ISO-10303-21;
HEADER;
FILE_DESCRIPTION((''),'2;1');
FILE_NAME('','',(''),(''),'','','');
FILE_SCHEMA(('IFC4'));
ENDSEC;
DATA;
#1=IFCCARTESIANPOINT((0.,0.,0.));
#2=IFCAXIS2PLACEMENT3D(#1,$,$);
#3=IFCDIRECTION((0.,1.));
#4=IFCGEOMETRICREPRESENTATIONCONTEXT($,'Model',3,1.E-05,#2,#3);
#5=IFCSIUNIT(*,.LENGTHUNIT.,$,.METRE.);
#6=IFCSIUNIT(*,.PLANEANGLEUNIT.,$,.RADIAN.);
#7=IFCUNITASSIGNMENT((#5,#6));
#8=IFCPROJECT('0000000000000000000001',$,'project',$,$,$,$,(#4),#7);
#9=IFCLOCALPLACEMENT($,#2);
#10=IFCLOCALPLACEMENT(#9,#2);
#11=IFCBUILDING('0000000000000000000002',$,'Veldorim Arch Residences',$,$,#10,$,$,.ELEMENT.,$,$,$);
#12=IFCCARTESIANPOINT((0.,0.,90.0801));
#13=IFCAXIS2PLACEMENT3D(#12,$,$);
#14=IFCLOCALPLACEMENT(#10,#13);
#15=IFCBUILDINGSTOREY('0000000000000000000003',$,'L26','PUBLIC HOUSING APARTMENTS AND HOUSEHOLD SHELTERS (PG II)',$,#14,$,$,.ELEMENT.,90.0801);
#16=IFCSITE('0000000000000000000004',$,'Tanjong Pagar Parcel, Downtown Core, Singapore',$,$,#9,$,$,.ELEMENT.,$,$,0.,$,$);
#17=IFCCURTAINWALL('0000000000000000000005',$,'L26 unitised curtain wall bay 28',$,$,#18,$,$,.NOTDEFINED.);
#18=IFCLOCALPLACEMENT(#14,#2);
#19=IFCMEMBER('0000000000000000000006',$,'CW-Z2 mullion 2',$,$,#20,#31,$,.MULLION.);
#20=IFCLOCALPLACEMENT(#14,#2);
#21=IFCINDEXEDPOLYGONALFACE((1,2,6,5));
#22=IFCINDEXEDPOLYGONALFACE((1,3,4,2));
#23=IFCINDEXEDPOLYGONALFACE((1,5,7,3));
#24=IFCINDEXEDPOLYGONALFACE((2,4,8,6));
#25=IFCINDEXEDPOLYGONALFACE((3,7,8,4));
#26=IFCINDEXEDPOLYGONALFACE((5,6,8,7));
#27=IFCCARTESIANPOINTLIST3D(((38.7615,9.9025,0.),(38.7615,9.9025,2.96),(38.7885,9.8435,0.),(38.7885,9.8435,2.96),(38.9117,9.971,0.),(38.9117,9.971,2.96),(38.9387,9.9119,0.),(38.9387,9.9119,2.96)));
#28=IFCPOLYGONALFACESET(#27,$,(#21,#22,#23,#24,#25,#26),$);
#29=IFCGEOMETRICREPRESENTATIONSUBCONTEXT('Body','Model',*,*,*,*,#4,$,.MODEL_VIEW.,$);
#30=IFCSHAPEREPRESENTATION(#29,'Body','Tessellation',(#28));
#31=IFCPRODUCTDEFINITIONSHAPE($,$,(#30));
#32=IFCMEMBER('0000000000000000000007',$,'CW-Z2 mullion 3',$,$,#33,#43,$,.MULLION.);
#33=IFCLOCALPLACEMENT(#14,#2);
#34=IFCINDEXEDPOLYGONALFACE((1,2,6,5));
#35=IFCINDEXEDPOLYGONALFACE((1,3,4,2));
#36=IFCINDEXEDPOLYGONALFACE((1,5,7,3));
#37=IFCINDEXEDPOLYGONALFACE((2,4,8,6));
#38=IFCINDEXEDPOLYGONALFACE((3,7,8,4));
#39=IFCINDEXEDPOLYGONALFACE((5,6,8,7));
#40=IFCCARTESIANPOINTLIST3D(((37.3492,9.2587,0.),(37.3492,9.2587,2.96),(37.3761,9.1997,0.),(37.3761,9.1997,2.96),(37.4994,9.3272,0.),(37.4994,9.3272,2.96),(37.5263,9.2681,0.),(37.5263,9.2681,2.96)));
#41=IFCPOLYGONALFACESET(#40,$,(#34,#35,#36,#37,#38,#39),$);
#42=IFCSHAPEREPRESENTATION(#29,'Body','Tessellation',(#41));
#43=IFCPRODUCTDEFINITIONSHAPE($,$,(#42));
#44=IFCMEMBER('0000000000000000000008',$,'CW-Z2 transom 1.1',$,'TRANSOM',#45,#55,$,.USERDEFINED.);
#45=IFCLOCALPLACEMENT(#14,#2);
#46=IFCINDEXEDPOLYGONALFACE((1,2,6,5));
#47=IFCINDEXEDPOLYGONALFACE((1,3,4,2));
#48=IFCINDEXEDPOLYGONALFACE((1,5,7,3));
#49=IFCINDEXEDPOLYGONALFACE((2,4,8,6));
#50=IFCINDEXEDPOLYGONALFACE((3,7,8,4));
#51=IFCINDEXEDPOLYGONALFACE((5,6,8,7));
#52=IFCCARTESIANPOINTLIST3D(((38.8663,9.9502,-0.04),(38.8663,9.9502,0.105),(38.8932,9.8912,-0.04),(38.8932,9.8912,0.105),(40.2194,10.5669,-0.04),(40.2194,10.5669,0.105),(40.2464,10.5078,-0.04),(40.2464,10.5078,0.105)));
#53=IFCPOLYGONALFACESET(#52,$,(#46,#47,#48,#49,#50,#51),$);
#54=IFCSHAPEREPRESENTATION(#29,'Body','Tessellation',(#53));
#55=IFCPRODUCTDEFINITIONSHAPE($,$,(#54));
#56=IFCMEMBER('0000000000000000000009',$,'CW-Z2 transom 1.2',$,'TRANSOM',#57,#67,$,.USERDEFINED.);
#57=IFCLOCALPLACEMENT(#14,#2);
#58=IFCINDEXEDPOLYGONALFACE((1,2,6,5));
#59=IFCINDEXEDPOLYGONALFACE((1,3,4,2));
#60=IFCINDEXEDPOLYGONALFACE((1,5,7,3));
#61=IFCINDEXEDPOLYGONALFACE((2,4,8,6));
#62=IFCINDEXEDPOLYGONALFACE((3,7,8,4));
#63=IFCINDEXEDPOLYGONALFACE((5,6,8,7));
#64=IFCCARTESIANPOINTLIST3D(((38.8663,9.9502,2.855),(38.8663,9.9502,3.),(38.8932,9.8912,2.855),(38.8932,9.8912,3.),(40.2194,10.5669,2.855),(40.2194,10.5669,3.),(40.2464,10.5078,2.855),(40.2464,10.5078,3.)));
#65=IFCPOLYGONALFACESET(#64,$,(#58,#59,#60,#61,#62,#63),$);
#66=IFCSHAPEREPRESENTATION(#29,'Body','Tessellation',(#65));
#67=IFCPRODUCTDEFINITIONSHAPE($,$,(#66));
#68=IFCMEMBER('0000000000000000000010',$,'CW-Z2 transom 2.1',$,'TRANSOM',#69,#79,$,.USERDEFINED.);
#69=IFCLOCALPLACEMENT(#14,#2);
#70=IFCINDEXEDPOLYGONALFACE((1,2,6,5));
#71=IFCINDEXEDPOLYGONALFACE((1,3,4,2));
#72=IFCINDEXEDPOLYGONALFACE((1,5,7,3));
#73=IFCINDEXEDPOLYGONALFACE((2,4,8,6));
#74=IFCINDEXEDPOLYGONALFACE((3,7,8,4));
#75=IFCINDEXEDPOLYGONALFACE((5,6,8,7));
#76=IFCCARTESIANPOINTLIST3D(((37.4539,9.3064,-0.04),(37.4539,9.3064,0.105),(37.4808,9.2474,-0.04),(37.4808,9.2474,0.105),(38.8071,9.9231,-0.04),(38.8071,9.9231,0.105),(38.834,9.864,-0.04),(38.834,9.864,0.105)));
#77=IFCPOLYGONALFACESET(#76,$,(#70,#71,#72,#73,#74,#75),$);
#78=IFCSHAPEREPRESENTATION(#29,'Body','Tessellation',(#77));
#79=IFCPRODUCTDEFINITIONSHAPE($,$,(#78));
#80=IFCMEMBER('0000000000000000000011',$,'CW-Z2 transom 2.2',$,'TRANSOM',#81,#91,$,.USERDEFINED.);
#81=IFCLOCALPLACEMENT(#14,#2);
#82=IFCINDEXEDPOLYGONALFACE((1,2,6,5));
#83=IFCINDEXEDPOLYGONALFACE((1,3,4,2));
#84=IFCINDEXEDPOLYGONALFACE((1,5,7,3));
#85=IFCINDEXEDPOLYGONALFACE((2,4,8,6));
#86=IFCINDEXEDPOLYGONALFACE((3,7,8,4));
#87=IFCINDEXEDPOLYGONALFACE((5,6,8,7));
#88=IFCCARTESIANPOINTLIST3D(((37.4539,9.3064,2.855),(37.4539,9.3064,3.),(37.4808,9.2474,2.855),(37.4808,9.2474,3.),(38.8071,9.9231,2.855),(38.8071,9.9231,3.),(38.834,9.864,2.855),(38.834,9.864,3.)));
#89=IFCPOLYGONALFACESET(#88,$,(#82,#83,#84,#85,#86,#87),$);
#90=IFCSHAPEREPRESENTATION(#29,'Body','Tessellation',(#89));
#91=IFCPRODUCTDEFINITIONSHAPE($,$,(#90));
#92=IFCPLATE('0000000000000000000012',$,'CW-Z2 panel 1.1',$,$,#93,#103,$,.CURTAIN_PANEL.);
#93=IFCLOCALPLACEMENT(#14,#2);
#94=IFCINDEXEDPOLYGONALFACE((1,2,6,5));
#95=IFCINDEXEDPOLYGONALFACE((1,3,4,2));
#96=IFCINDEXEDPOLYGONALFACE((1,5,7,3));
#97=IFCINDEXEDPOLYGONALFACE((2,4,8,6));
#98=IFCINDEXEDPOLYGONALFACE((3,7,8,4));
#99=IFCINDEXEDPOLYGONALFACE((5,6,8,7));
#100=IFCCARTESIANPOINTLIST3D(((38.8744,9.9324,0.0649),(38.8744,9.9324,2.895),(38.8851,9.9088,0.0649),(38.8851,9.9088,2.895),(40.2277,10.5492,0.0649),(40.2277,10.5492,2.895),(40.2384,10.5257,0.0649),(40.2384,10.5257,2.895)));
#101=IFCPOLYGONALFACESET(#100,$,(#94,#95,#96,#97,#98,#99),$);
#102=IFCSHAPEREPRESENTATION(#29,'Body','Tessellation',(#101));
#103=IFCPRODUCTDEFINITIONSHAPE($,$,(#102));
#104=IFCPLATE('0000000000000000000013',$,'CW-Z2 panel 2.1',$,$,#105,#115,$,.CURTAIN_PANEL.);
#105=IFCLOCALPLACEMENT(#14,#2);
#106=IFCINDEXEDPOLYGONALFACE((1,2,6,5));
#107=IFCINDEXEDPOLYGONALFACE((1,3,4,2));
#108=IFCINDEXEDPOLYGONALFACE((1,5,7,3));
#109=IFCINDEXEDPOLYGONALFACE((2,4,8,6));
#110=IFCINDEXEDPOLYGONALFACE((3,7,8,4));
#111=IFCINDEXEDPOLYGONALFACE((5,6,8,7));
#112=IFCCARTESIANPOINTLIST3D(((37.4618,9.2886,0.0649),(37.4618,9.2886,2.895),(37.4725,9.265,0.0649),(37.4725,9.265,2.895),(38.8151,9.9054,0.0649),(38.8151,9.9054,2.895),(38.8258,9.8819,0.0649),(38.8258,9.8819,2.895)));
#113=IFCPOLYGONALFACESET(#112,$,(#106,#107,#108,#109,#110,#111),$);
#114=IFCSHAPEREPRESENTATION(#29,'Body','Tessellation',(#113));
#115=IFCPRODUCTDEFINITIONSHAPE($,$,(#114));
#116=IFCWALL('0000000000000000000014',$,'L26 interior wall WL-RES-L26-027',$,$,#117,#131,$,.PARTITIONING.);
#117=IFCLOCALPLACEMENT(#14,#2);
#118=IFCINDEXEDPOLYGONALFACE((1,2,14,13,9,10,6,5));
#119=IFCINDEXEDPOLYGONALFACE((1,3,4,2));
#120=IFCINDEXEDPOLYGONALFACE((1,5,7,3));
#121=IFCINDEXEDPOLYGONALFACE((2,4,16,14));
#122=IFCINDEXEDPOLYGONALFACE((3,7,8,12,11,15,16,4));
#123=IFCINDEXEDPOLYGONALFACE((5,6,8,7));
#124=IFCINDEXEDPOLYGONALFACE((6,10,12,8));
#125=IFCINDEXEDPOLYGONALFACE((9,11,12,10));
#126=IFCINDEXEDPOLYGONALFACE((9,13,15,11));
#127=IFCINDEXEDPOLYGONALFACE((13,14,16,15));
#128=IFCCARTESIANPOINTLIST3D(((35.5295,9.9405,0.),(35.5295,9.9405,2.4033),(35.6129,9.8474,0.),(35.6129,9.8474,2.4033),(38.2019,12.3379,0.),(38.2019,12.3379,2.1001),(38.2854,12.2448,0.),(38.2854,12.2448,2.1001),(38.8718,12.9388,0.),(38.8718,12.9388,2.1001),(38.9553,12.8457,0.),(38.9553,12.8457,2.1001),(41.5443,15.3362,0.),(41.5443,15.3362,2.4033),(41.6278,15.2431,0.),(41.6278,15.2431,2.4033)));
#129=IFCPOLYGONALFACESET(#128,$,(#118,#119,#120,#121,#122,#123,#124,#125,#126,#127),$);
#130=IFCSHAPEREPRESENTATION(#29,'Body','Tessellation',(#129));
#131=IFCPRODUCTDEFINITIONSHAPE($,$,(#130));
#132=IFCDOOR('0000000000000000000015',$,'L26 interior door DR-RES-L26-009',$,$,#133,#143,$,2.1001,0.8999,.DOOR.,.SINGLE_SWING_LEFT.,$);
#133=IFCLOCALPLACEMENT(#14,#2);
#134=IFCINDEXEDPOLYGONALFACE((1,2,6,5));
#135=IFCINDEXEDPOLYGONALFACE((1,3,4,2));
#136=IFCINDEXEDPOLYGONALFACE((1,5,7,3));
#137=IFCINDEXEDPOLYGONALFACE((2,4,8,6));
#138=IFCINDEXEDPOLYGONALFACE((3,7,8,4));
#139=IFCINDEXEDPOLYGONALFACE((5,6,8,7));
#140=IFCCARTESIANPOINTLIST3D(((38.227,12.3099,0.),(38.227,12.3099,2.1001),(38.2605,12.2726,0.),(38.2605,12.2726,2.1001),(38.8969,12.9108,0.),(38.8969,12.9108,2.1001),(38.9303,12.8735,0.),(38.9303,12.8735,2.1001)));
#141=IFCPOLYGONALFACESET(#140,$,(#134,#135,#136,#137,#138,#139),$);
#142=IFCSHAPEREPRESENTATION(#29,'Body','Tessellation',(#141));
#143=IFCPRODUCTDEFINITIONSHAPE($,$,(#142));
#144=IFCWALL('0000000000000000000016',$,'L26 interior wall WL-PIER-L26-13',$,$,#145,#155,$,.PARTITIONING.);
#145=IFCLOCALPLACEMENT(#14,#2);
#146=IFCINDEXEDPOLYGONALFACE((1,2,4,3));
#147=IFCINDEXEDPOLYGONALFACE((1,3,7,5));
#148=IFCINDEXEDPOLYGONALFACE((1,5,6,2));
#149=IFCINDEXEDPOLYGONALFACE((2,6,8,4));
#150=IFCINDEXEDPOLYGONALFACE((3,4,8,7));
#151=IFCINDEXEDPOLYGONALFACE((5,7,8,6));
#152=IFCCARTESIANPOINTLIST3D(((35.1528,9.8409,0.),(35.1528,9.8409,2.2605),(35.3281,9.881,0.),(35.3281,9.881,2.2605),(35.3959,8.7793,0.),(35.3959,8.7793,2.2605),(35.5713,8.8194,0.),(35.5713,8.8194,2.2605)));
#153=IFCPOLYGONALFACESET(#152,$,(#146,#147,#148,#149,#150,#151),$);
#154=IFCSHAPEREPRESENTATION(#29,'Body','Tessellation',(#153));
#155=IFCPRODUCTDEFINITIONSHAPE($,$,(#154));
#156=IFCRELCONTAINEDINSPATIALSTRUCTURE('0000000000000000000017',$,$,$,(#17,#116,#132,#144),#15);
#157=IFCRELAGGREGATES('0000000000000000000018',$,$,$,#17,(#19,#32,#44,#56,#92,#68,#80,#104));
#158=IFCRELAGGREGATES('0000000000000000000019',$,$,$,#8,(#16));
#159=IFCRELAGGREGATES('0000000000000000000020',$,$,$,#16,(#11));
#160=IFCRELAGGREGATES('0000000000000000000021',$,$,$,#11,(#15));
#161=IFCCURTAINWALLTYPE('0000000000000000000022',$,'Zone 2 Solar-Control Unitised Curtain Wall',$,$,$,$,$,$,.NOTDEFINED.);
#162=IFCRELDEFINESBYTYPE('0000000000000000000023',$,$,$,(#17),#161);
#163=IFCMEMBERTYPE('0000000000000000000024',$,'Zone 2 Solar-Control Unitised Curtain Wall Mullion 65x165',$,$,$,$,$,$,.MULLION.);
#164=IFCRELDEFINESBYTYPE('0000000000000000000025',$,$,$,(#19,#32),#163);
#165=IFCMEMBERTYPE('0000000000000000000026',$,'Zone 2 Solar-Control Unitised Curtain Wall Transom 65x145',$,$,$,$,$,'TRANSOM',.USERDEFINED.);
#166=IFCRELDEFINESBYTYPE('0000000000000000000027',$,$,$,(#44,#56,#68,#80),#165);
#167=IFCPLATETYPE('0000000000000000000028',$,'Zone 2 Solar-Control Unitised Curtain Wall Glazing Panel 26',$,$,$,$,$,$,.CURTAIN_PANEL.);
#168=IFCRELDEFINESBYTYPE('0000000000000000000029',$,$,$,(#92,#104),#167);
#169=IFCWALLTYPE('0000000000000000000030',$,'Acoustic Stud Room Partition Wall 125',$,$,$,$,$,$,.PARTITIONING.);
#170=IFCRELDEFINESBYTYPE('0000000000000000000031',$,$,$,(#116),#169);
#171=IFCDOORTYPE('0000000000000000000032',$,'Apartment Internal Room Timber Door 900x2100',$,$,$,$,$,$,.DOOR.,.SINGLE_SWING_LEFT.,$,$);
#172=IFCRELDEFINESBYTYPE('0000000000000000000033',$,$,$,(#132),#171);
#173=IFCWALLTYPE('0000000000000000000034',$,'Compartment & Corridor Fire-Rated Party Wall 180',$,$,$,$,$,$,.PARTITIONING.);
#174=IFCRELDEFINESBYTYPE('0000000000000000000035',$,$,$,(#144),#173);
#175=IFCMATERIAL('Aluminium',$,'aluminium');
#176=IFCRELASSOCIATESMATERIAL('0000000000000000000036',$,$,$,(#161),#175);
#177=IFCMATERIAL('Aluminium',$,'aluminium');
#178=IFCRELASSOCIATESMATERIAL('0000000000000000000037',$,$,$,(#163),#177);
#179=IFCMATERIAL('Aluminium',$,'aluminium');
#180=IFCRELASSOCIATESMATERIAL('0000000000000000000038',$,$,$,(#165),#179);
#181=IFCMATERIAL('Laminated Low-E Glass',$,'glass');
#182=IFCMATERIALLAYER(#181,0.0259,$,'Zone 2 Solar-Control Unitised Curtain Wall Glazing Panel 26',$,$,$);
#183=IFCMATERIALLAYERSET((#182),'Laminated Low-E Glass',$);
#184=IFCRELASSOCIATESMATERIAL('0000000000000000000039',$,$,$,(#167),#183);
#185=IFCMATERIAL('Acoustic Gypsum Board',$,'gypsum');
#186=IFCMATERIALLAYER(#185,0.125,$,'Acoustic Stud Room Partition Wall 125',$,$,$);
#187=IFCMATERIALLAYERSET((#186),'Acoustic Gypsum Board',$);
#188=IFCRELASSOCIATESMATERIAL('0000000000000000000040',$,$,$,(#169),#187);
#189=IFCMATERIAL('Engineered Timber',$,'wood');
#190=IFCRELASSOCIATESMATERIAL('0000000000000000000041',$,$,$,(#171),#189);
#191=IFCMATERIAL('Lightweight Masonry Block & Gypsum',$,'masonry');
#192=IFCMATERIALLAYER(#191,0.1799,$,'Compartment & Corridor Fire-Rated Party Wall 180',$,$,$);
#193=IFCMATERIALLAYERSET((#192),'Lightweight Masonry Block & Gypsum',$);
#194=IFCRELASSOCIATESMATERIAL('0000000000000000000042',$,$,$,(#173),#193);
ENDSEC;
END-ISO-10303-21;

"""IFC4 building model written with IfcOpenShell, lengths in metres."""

from ifc_helpers import new_model, si_unit, direction, frame, frame_2d, origin, origin_2d, place, context, subcontext, project, spatial, rectangle, extrude, material, layer, layer_set, material_profile, profile_set, type_object, element, fill, aggregate, save


model = new_model("IFC4")

# Units and contexts
model_context = context("Model", 3, precision=1e-05, world=origin(), true_north=direction((0.0, 1.0)))
body_context = subcontext(model_context, "Body", "Model", "MODEL_VIEW")
ifc_project = project(units=[si_unit("LENGTHUNIT", "METRE"), si_unit("PLANEANGLEUNIT", "RADIAN")], contexts=[model_context])

# Site, building, storey
site_placement = place(None, origin())
site = spatial("IfcSite", under=ifc_project, at=site_placement, Name="Tanjong Pagar Parcel, Downtown Core, Singapore", CompositionType="ELEMENT", RefElevation=0.0)
building_placement = place(site_placement, origin())
building = spatial("IfcBuilding", under=site, at=building_placement, Name="Veldorim Arch Residences", CompositionType="ELEMENT")
storey_placement = place(building_placement, frame((0.0, 0.0, 90.0801)))
storey = spatial("IfcBuildingStorey", under=building, at=storey_placement, Name="L26", Description="PUBLIC HOUSING APARTMENTS AND HOUSEHOLD SHELTERS (PG II)", CompositionType="ELEMENT", Elevation=90.0801)

# Curtain wall, members, plates
ifc_material_1 = material(Name="Aluminium", Category="aluminium")
curtain_wall_type = type_object("IfcCurtainWallType", Name="Zone 2 Solar-Control Unitised Curtain Wall", PredefinedType="NOTDEFINED", material=ifc_material_1)
curtain_wall_placement = place(storey_placement, origin())
curtain_wall = element("IfcCurtainWall", 1, at=curtain_wall_placement, inside=storey, type_object=curtain_wall_type, Name="L26 unitised curtain wall bay 28", PredefinedType="NOTDEFINED")
ifc_material_2 = material(Name="Aluminium", Category="aluminium")
ifc_material_profile_1 = material_profile(ifc_material_2, rectangle(XDim=0.0649, YDim=0.165, at=origin_2d()), Name="ALU_MUL_65x165")
ifc_profile_set_1 = profile_set([ifc_material_profile_1], Name="Aluminium")
member_type_1 = type_object("IfcMemberType", Name="Zone 2 Solar-Control Unitised Curtain Wall Mullion 65x165", PredefinedType="MULLION", material=ifc_profile_set_1)
member_1_placement = place(storey_placement, frame((38.8501, 9.9072, 0.0), z_axis=(0.0, 0.0, 1.0), x_axis=(0.414742, -0.909939, 0.0)))
member_1 = element("IfcMember", 2, at=member_1_placement, type_object=member_type_1, Name="CW-Z2 mullion 2", PredefinedType="MULLION", context=body_context, shape_type="SweptSolid", body=[
    extrude(rectangle(XDim=0.0649, YDim=0.165, at=origin_2d()), origin(), (0.0, 0.0, 1.0), 2.96),
])
member_2_placement = place(storey_placement, frame((37.4377, 9.2634, 0.0), z_axis=(0.0, 0.0, 1.0), x_axis=(0.414742, -0.909939, 0.0)))
member_2 = element("IfcMember", 3, at=member_2_placement, type_object=member_type_1, Name="CW-Z2 mullion 3", PredefinedType="MULLION", context=body_context, shape_type="SweptSolid", body=[
    extrude(rectangle(XDim=0.0649, YDim=0.165, at=origin_2d()), origin(), (0.0, 0.0, 1.0), 2.96),
])
ifc_material_3 = material(Name="Aluminium", Category="aluminium")
ifc_material_profile_2 = material_profile(ifc_material_3, rectangle(XDim=0.0649, YDim=0.145, at=origin_2d()), Name="ALU_TRN_65x145")
ifc_profile_set_2 = profile_set([ifc_material_profile_2], Name="Aluminium")
member_type_2 = type_object("IfcMemberType", Name="Zone 2 Solar-Control Unitised Curtain Wall Transom 65x145", ElementType="TRANSOM", PredefinedType="USERDEFINED", material=ifc_profile_set_2)
member_3_placement = place(storey_placement, frame((40.2329, 10.5374, 0.0325), z_axis=(-0.909967, -0.414681, 0.0), x_axis=(0.414681, -0.909967, 0.0)))
member_3 = element("IfcMember", 4, at=member_3_placement, type_object=member_type_2, Name="CW-Z2 transom 1.1", ObjectType="TRANSOM", PredefinedType="USERDEFINED", context=body_context, shape_type="SweptSolid", body=[
    extrude(rectangle(XDim=0.0649, YDim=0.145, at=origin_2d()), origin(), (0.0, 0.0, 1.0), 1.4871),
])
member_4_placement = place(storey_placement, frame((40.2329, 10.5374, 2.9275), z_axis=(-0.909967, -0.414681, 0.0), x_axis=(0.414681, -0.909967, 0.0)))
member_4 = element("IfcMember", 5, at=member_4_placement, type_object=member_type_2, Name="CW-Z2 transom 1.2", ObjectType="TRANSOM", PredefinedType="USERDEFINED", context=body_context, shape_type="SweptSolid", body=[
    extrude(rectangle(XDim=0.0649, YDim=0.145, at=origin_2d()), origin(), (0.0, 0.0, 1.0), 1.4871),
])
member_5_placement = place(storey_placement, frame((38.8206, 9.8936, 0.0325), z_axis=(-0.909967, -0.414681, 0.0), x_axis=(0.414681, -0.909967, 0.0)))
member_5 = element("IfcMember", 6, at=member_5_placement, type_object=member_type_2, Name="CW-Z2 transom 2.1", ObjectType="TRANSOM", PredefinedType="USERDEFINED", context=body_context, shape_type="SweptSolid", body=[
    extrude(rectangle(XDim=0.0649, YDim=0.145, at=origin_2d()), origin(), (0.0, 0.0, 1.0), 1.4871),
])
member_6_placement = place(storey_placement, frame((38.8206, 9.8936, 2.9275), z_axis=(-0.909967, -0.414681, 0.0), x_axis=(0.414681, -0.909967, 0.0)))
member_6 = element("IfcMember", 7, at=member_6_placement, type_object=member_type_2, Name="CW-Z2 transom 2.2", ObjectType="TRANSOM", PredefinedType="USERDEFINED", context=body_context, shape_type="SweptSolid", body=[
    extrude(rectangle(XDim=0.0649, YDim=0.145, at=origin_2d()), origin(), (0.0, 0.0, 1.0), 1.4871),
])
ifc_material_4 = material(Name="Laminated Low-E Glass", Category="glass")
ifc_layer_1 = layer(ifc_material_4, 0.0259, Name="Zone 2 Solar-Control Unitised Curtain Wall Glazing Panel 26")
ifc_layer_set_1 = layer_set([ifc_layer_1], Name="Laminated Low-E Glass")
plate_type = type_object("IfcPlateType", Name="Zone 2 Solar-Control Unitised Curtain Wall Glazing Panel 26", PredefinedType="CURTAIN_PANEL", material=ifc_layer_set_1)
plate_1_placement = place(storey_placement, frame((39.5564, 10.229, 0.0649), z_axis=(0.0, 0.0, 1.0), x_axis=(-0.909939, -0.414742, 0.0)))
plate_1 = element("IfcPlate", 8, at=plate_1_placement, type_object=plate_type, Name="CW-Z2 panel 1.1", PredefinedType="CURTAIN_PANEL", context=body_context, shape_type="SweptSolid", body=[
    extrude(rectangle(XDim=1.4873, YDim=0.0259, at=origin_2d()), origin(), (0.0, 0.0, 1.0), 2.8301),
])
plate_2_placement = place(storey_placement, frame((38.1438, 9.5852, 0.0649), z_axis=(0.0, 0.0, 1.0), x_axis=(-0.909939, -0.414742, 0.0)))
plate_2 = element("IfcPlate", 9, at=plate_2_placement, type_object=plate_type, Name="CW-Z2 panel 2.1", PredefinedType="CURTAIN_PANEL", context=body_context, shape_type="SweptSolid", body=[
    extrude(rectangle(XDim=1.4873, YDim=0.0259, at=origin_2d()), origin(), (0.0, 0.0, 1.0), 2.8301),
])
aggregate(curtain_wall, [member_1, member_2, member_3, member_4, plate_1, member_5, member_6, plate_2])

# Wall, opening, door
ifc_material_5 = material(Name="Acoustic Gypsum Board", Category="gypsum")
ifc_layer_2 = layer(ifc_material_5, 0.125, Name="Acoustic Stud Room Partition Wall 125")
ifc_layer_set_2 = layer_set([ifc_layer_2], Name="Acoustic Gypsum Board")
wall_type_1 = type_object("IfcWallType", Name="Acoustic Stud Room Partition Wall 125", PredefinedType="PARTITIONING", material=ifc_layer_set_2)
wall_1_placement = place(storey_placement, frame((35.5713, 9.894, 0.0), z_axis=(0.0, 0.0, 1.0), x_axis=(0.744379, 0.667757, 0.0)))
wall_1 = element("IfcWall", 10, at=wall_1_placement, inside=storey, type_object=wall_type_1, Name="L26 interior wall WL-RES-L26-027", PredefinedType="PARTITIONING", context=body_context, shape_type="SweptSolid", body=[
    extrude(rectangle(XDim=8.0803, YDim=0.125, at=frame_2d((4.04, 0.0))), origin(), (0.0, 0.0, 1.0), 2.4033),
])
opening_1_placement = place(wall_1_placement, frame((3.5901, 0.0, 0.0)))
opening_1 = element("IfcOpeningElement", 11, at=opening_1_placement, cuts=wall_1, PredefinedType="OPENING", context=body_context, shape_type="SweptSolid", body=[
    extrude(rectangle(XDim=0.8999, YDim=2.1001, at=frame_2d((0.45, 1.05))), frame((0.0, 0.0725, 0.0), z_axis=(0.0, -1.0, 0.0), x_axis=(1.0, 0.0, 0.0)), (0.0, 0.0, 1.0), 0.145),
])
ifc_material_6 = material(Name="Engineered Timber", Category="wood")
door_type_1 = type_object("IfcDoorType", Name="Apartment Internal Room Timber Door 900x2100", OperationType="SINGLE_SWING_LEFT", PredefinedType="DOOR", material=ifc_material_6)
door_1_placement = place(opening_1_placement, origin())
door_1 = element("IfcDoor", 12, at=door_1_placement, inside=storey, type_object=door_type_1, Name="L26 interior door DR-RES-L26-009", OperationType="SINGLE_SWING_LEFT", OverallHeight=2.1001, OverallWidth=0.8999, PredefinedType="DOOR", context=body_context, shape_type="SweptSolid", body=[
    extrude(rectangle(XDim=0.8999, YDim=2.1001, at=frame_2d((0.45, 1.05))), frame((0.0, 0.0249, 0.0), z_axis=(0.0, -1.0, 0.0), x_axis=(1.0, 0.0, 0.0)), (0.0, 0.0, 1.0), 0.05),
])
fill(opening_1, door_1)

# Wall
ifc_material_7 = material(Name="Lightweight Masonry Block & Gypsum", Category="masonry")
ifc_layer_3 = layer(ifc_material_7, 0.1799, Name="Compartment & Corridor Fire-Rated Party Wall 180")
ifc_layer_set_3 = layer_set([ifc_layer_3], Name="Lightweight Masonry Block & Gypsum")
wall_type_2 = type_object("IfcWallType", Name="Compartment & Corridor Fire-Rated Party Wall 180", PredefinedType="PARTITIONING", material=ifc_layer_set_3)
wall_2_placement = place(storey_placement, frame((35.2405, 9.8608, 0.0), z_axis=(0.0, 0.0, 1.0), x_axis=(0.223287, -0.974753, 0.0)))
element("IfcWall", 13, at=wall_2_placement, inside=storey, type_object=wall_type_2, Name="L26 interior wall WL-PIER-L26-13", PredefinedType="PARTITIONING", context=body_context, shape_type="SweptSolid", body=[
    extrude(rectangle(XDim=1.0891, YDim=0.1799, at=frame_2d((0.5444, 0.0))), origin(), (0.0, 0.0, 1.0), 2.2605),
])

save(model, "model.ifc")
